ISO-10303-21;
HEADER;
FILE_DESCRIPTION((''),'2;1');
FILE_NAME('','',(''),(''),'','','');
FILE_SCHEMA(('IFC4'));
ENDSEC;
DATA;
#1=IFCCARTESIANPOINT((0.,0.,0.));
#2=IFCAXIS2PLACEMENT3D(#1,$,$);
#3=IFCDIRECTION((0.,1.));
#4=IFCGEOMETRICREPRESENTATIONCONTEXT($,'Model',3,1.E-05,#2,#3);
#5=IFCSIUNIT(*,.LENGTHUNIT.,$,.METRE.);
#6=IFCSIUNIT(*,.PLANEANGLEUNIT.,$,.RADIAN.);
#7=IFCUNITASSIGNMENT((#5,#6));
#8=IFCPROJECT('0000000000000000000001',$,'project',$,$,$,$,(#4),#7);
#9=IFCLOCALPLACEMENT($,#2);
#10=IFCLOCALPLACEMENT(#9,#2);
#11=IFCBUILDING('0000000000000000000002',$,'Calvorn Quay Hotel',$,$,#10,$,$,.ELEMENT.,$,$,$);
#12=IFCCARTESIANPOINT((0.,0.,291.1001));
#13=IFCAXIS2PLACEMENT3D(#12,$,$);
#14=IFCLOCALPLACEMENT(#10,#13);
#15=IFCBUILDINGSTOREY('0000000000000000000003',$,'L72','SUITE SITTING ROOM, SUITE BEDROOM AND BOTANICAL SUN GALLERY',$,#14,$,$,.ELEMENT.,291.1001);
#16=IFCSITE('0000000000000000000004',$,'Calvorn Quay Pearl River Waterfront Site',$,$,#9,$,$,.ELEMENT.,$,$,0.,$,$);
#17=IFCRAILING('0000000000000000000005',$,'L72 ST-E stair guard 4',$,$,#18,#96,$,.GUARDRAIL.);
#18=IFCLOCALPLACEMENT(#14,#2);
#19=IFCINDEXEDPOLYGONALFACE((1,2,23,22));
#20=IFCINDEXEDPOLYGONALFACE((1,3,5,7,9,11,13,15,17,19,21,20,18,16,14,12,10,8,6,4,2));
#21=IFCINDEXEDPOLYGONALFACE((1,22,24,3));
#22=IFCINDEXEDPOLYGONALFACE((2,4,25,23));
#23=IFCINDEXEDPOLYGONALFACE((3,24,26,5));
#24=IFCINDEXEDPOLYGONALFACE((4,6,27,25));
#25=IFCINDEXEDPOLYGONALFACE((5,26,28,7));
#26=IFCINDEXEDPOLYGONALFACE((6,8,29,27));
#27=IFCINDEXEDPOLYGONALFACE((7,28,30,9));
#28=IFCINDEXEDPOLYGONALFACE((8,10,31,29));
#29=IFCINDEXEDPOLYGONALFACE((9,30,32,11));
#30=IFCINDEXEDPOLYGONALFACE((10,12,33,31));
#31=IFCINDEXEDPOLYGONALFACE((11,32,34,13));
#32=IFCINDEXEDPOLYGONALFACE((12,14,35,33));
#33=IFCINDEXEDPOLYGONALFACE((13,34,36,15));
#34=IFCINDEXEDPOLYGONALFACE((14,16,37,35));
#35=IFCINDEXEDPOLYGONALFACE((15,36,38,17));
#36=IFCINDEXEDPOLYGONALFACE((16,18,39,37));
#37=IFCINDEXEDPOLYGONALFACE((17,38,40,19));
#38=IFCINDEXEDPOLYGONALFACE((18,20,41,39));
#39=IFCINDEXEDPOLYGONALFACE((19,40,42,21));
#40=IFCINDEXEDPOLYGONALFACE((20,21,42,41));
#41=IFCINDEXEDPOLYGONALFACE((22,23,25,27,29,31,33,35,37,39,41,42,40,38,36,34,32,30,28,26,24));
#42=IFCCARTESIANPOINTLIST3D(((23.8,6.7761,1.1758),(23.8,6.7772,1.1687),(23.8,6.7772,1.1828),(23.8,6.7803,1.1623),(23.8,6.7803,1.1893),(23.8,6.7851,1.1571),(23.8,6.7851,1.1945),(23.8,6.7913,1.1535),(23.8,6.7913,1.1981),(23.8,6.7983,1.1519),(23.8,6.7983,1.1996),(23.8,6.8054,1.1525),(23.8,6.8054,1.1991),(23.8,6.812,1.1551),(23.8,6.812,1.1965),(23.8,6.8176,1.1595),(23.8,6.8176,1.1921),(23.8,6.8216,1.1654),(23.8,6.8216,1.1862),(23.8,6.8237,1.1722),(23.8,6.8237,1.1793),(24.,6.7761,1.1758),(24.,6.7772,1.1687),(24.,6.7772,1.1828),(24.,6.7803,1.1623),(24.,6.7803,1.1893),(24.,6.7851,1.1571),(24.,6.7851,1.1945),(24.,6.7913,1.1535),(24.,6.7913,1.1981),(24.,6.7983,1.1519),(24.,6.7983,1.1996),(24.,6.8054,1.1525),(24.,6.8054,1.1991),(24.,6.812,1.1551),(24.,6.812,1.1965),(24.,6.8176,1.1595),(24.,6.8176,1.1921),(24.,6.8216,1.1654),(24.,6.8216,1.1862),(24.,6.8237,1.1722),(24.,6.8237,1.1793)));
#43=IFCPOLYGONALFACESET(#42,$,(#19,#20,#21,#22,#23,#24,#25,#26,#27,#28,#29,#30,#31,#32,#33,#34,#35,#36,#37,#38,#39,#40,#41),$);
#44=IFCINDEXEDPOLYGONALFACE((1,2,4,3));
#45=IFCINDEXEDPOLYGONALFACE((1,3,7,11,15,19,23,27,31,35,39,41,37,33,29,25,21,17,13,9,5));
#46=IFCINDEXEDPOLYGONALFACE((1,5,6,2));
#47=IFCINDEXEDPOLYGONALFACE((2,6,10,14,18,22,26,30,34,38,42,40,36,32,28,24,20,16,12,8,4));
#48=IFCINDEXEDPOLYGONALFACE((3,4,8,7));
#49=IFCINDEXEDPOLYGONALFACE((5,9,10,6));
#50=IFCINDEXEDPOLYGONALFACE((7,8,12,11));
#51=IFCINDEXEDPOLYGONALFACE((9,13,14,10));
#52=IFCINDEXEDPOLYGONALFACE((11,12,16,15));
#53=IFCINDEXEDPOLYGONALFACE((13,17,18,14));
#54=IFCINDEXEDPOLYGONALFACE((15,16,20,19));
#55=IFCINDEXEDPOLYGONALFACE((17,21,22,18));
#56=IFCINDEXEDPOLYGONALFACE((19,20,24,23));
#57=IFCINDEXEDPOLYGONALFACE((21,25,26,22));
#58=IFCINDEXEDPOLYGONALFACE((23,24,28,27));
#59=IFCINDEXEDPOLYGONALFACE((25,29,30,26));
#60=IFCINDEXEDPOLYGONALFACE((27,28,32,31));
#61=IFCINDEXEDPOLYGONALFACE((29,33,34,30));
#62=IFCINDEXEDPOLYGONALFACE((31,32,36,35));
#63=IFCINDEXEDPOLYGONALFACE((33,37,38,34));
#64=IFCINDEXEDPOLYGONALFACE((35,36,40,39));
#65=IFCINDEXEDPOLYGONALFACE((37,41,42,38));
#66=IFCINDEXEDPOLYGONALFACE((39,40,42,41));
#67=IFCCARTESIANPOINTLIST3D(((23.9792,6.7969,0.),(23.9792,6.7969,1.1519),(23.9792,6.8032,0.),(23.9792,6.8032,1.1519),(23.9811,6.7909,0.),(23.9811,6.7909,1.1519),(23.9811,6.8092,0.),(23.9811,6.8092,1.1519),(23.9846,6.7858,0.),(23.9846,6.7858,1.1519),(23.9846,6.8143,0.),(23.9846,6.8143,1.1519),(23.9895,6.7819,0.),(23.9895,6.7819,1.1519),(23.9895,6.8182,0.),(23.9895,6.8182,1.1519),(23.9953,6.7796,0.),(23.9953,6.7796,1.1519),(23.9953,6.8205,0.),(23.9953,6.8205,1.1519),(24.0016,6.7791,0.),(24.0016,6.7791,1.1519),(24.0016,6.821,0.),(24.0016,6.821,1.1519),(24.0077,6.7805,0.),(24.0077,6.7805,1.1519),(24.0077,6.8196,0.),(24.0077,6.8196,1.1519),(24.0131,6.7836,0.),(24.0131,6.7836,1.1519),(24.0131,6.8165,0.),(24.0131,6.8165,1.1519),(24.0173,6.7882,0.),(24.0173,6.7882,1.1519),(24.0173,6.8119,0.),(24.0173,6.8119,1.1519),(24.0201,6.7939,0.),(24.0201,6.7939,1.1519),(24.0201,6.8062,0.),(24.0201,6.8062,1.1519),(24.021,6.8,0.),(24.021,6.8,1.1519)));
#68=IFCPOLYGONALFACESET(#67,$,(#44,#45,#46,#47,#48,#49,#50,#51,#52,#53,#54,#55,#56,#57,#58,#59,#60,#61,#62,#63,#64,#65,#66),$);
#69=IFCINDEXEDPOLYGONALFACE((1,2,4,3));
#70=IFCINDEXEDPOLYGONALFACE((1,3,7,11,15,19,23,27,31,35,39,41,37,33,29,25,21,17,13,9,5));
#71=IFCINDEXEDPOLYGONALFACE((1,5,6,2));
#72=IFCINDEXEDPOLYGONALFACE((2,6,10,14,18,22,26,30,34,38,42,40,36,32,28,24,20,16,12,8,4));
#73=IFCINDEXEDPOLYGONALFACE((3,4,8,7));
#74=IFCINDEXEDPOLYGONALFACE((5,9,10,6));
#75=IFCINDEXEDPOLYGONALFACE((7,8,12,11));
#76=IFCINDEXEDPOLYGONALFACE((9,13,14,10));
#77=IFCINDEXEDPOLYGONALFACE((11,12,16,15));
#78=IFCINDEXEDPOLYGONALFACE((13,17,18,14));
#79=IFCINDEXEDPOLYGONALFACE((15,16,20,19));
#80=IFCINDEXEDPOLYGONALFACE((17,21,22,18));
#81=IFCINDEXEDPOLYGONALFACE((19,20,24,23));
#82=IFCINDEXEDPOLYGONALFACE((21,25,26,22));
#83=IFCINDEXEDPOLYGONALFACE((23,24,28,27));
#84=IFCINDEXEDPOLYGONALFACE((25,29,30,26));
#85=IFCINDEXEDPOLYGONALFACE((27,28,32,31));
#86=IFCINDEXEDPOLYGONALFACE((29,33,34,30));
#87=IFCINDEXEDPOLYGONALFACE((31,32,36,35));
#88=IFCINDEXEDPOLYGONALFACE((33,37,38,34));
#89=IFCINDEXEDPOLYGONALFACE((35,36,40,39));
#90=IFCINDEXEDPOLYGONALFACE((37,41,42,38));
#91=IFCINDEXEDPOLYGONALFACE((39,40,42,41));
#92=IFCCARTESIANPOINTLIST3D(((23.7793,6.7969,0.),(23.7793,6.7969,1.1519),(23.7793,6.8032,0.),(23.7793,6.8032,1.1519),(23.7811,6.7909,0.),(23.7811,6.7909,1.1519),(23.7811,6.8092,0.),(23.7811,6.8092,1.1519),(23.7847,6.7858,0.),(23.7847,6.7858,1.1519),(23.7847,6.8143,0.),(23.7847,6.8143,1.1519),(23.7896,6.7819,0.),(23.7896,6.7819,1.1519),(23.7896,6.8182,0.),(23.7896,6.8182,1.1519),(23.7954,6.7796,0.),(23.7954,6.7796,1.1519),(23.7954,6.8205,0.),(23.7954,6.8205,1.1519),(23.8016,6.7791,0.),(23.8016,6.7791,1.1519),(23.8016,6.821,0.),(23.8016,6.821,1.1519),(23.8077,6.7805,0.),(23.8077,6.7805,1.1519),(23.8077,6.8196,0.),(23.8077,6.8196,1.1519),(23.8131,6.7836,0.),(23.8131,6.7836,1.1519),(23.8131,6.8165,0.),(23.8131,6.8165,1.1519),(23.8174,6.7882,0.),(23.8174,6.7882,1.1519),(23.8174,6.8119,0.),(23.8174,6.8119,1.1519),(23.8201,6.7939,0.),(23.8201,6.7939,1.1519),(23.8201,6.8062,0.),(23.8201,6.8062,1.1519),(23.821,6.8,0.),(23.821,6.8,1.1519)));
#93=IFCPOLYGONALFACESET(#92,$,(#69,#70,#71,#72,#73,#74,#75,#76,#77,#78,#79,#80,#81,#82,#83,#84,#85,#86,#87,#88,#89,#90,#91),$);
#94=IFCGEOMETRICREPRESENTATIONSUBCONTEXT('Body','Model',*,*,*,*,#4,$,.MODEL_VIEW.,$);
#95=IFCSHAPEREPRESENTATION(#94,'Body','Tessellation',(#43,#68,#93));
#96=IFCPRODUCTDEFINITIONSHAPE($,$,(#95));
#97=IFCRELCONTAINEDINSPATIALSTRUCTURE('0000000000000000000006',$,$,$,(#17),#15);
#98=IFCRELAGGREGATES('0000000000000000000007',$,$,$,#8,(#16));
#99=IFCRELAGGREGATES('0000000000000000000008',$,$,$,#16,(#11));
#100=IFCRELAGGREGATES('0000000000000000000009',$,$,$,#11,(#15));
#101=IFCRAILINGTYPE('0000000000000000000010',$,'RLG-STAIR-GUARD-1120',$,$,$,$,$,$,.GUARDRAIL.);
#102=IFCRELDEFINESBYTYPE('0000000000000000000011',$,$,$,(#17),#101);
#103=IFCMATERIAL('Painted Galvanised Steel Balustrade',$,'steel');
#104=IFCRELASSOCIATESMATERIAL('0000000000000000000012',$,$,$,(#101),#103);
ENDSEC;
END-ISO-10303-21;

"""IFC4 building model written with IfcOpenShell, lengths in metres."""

from ifc_helpers import new_model, si_unit, direction, frame, origin, origin_2d, place, context, subcontext, project, spatial, circle, extrude, material, type_object, element, save


model = new_model("IFC4")

# Units and contexts
model_context = context("Model", 3, precision=1e-05, world=origin(), true_north=direction((0.0, 1.0)))
body_context = subcontext(model_context, "Body", "Model", "MODEL_VIEW")
ifc_project = project(units=[si_unit("LENGTHUNIT", "METRE"), si_unit("PLANEANGLEUNIT", "RADIAN")], contexts=[model_context])

# Site, building, storey
site_placement = place(None, origin())
site = spatial("IfcSite", under=ifc_project, at=site_placement, Name="Calvorn Quay Pearl River Waterfront Site", CompositionType="ELEMENT", RefElevation=0.0)
building_placement = place(site_placement, origin())
building = spatial("IfcBuilding", under=site, at=building_placement, Name="Calvorn Quay Hotel", CompositionType="ELEMENT")
storey_placement = place(building_placement, frame((0.0, 0.0, 291.1001)))
storey = spatial("IfcBuildingStorey", under=building, at=storey_placement, Name="L72", Description="SUITE SITTING ROOM, SUITE BEDROOM AND BOTANICAL SUN GALLERY", CompositionType="ELEMENT", Elevation=291.1001)

# Railing
ifc_material_1 = material(Name="Painted Galvanised Steel Balustrade", Category="steel")
railing_type_1 = type_object("IfcRailingType", Name="RLG-STAIR-GUARD-1120", PredefinedType="GUARDRAIL", material=ifc_material_1)
railing_1_placement = place(storey_placement, frame((24.0, 6.8, 0.0)))
element("IfcRailing", 1, at=railing_1_placement, inside=storey, type_object=railing_type_1, Name="L72 ST-E stair guard 4", PredefinedType="GUARDRAIL", context=body_context, shape_type="SweptSolid", body=[
    extrude(circle(Radius=0.0239, at=origin_2d()), frame((0.0, 0.0, 1.1758), z_axis=(-1.0, 0.0, 0.0), x_axis=(0.0, -1.0, 0.0)), (0.0, 0.0, 1.0), 0.2),
    extrude(circle(Radius=0.021, at=origin_2d()), origin(), (0.0, 0.0, 1.0), 1.1519),
    extrude(circle(Radius=0.021, at=origin_2d()), frame((-0.2, 0.0, 0.0)), (0.0, 0.0, 1.0), 1.1519),
])

save(model, "model.ifc")
